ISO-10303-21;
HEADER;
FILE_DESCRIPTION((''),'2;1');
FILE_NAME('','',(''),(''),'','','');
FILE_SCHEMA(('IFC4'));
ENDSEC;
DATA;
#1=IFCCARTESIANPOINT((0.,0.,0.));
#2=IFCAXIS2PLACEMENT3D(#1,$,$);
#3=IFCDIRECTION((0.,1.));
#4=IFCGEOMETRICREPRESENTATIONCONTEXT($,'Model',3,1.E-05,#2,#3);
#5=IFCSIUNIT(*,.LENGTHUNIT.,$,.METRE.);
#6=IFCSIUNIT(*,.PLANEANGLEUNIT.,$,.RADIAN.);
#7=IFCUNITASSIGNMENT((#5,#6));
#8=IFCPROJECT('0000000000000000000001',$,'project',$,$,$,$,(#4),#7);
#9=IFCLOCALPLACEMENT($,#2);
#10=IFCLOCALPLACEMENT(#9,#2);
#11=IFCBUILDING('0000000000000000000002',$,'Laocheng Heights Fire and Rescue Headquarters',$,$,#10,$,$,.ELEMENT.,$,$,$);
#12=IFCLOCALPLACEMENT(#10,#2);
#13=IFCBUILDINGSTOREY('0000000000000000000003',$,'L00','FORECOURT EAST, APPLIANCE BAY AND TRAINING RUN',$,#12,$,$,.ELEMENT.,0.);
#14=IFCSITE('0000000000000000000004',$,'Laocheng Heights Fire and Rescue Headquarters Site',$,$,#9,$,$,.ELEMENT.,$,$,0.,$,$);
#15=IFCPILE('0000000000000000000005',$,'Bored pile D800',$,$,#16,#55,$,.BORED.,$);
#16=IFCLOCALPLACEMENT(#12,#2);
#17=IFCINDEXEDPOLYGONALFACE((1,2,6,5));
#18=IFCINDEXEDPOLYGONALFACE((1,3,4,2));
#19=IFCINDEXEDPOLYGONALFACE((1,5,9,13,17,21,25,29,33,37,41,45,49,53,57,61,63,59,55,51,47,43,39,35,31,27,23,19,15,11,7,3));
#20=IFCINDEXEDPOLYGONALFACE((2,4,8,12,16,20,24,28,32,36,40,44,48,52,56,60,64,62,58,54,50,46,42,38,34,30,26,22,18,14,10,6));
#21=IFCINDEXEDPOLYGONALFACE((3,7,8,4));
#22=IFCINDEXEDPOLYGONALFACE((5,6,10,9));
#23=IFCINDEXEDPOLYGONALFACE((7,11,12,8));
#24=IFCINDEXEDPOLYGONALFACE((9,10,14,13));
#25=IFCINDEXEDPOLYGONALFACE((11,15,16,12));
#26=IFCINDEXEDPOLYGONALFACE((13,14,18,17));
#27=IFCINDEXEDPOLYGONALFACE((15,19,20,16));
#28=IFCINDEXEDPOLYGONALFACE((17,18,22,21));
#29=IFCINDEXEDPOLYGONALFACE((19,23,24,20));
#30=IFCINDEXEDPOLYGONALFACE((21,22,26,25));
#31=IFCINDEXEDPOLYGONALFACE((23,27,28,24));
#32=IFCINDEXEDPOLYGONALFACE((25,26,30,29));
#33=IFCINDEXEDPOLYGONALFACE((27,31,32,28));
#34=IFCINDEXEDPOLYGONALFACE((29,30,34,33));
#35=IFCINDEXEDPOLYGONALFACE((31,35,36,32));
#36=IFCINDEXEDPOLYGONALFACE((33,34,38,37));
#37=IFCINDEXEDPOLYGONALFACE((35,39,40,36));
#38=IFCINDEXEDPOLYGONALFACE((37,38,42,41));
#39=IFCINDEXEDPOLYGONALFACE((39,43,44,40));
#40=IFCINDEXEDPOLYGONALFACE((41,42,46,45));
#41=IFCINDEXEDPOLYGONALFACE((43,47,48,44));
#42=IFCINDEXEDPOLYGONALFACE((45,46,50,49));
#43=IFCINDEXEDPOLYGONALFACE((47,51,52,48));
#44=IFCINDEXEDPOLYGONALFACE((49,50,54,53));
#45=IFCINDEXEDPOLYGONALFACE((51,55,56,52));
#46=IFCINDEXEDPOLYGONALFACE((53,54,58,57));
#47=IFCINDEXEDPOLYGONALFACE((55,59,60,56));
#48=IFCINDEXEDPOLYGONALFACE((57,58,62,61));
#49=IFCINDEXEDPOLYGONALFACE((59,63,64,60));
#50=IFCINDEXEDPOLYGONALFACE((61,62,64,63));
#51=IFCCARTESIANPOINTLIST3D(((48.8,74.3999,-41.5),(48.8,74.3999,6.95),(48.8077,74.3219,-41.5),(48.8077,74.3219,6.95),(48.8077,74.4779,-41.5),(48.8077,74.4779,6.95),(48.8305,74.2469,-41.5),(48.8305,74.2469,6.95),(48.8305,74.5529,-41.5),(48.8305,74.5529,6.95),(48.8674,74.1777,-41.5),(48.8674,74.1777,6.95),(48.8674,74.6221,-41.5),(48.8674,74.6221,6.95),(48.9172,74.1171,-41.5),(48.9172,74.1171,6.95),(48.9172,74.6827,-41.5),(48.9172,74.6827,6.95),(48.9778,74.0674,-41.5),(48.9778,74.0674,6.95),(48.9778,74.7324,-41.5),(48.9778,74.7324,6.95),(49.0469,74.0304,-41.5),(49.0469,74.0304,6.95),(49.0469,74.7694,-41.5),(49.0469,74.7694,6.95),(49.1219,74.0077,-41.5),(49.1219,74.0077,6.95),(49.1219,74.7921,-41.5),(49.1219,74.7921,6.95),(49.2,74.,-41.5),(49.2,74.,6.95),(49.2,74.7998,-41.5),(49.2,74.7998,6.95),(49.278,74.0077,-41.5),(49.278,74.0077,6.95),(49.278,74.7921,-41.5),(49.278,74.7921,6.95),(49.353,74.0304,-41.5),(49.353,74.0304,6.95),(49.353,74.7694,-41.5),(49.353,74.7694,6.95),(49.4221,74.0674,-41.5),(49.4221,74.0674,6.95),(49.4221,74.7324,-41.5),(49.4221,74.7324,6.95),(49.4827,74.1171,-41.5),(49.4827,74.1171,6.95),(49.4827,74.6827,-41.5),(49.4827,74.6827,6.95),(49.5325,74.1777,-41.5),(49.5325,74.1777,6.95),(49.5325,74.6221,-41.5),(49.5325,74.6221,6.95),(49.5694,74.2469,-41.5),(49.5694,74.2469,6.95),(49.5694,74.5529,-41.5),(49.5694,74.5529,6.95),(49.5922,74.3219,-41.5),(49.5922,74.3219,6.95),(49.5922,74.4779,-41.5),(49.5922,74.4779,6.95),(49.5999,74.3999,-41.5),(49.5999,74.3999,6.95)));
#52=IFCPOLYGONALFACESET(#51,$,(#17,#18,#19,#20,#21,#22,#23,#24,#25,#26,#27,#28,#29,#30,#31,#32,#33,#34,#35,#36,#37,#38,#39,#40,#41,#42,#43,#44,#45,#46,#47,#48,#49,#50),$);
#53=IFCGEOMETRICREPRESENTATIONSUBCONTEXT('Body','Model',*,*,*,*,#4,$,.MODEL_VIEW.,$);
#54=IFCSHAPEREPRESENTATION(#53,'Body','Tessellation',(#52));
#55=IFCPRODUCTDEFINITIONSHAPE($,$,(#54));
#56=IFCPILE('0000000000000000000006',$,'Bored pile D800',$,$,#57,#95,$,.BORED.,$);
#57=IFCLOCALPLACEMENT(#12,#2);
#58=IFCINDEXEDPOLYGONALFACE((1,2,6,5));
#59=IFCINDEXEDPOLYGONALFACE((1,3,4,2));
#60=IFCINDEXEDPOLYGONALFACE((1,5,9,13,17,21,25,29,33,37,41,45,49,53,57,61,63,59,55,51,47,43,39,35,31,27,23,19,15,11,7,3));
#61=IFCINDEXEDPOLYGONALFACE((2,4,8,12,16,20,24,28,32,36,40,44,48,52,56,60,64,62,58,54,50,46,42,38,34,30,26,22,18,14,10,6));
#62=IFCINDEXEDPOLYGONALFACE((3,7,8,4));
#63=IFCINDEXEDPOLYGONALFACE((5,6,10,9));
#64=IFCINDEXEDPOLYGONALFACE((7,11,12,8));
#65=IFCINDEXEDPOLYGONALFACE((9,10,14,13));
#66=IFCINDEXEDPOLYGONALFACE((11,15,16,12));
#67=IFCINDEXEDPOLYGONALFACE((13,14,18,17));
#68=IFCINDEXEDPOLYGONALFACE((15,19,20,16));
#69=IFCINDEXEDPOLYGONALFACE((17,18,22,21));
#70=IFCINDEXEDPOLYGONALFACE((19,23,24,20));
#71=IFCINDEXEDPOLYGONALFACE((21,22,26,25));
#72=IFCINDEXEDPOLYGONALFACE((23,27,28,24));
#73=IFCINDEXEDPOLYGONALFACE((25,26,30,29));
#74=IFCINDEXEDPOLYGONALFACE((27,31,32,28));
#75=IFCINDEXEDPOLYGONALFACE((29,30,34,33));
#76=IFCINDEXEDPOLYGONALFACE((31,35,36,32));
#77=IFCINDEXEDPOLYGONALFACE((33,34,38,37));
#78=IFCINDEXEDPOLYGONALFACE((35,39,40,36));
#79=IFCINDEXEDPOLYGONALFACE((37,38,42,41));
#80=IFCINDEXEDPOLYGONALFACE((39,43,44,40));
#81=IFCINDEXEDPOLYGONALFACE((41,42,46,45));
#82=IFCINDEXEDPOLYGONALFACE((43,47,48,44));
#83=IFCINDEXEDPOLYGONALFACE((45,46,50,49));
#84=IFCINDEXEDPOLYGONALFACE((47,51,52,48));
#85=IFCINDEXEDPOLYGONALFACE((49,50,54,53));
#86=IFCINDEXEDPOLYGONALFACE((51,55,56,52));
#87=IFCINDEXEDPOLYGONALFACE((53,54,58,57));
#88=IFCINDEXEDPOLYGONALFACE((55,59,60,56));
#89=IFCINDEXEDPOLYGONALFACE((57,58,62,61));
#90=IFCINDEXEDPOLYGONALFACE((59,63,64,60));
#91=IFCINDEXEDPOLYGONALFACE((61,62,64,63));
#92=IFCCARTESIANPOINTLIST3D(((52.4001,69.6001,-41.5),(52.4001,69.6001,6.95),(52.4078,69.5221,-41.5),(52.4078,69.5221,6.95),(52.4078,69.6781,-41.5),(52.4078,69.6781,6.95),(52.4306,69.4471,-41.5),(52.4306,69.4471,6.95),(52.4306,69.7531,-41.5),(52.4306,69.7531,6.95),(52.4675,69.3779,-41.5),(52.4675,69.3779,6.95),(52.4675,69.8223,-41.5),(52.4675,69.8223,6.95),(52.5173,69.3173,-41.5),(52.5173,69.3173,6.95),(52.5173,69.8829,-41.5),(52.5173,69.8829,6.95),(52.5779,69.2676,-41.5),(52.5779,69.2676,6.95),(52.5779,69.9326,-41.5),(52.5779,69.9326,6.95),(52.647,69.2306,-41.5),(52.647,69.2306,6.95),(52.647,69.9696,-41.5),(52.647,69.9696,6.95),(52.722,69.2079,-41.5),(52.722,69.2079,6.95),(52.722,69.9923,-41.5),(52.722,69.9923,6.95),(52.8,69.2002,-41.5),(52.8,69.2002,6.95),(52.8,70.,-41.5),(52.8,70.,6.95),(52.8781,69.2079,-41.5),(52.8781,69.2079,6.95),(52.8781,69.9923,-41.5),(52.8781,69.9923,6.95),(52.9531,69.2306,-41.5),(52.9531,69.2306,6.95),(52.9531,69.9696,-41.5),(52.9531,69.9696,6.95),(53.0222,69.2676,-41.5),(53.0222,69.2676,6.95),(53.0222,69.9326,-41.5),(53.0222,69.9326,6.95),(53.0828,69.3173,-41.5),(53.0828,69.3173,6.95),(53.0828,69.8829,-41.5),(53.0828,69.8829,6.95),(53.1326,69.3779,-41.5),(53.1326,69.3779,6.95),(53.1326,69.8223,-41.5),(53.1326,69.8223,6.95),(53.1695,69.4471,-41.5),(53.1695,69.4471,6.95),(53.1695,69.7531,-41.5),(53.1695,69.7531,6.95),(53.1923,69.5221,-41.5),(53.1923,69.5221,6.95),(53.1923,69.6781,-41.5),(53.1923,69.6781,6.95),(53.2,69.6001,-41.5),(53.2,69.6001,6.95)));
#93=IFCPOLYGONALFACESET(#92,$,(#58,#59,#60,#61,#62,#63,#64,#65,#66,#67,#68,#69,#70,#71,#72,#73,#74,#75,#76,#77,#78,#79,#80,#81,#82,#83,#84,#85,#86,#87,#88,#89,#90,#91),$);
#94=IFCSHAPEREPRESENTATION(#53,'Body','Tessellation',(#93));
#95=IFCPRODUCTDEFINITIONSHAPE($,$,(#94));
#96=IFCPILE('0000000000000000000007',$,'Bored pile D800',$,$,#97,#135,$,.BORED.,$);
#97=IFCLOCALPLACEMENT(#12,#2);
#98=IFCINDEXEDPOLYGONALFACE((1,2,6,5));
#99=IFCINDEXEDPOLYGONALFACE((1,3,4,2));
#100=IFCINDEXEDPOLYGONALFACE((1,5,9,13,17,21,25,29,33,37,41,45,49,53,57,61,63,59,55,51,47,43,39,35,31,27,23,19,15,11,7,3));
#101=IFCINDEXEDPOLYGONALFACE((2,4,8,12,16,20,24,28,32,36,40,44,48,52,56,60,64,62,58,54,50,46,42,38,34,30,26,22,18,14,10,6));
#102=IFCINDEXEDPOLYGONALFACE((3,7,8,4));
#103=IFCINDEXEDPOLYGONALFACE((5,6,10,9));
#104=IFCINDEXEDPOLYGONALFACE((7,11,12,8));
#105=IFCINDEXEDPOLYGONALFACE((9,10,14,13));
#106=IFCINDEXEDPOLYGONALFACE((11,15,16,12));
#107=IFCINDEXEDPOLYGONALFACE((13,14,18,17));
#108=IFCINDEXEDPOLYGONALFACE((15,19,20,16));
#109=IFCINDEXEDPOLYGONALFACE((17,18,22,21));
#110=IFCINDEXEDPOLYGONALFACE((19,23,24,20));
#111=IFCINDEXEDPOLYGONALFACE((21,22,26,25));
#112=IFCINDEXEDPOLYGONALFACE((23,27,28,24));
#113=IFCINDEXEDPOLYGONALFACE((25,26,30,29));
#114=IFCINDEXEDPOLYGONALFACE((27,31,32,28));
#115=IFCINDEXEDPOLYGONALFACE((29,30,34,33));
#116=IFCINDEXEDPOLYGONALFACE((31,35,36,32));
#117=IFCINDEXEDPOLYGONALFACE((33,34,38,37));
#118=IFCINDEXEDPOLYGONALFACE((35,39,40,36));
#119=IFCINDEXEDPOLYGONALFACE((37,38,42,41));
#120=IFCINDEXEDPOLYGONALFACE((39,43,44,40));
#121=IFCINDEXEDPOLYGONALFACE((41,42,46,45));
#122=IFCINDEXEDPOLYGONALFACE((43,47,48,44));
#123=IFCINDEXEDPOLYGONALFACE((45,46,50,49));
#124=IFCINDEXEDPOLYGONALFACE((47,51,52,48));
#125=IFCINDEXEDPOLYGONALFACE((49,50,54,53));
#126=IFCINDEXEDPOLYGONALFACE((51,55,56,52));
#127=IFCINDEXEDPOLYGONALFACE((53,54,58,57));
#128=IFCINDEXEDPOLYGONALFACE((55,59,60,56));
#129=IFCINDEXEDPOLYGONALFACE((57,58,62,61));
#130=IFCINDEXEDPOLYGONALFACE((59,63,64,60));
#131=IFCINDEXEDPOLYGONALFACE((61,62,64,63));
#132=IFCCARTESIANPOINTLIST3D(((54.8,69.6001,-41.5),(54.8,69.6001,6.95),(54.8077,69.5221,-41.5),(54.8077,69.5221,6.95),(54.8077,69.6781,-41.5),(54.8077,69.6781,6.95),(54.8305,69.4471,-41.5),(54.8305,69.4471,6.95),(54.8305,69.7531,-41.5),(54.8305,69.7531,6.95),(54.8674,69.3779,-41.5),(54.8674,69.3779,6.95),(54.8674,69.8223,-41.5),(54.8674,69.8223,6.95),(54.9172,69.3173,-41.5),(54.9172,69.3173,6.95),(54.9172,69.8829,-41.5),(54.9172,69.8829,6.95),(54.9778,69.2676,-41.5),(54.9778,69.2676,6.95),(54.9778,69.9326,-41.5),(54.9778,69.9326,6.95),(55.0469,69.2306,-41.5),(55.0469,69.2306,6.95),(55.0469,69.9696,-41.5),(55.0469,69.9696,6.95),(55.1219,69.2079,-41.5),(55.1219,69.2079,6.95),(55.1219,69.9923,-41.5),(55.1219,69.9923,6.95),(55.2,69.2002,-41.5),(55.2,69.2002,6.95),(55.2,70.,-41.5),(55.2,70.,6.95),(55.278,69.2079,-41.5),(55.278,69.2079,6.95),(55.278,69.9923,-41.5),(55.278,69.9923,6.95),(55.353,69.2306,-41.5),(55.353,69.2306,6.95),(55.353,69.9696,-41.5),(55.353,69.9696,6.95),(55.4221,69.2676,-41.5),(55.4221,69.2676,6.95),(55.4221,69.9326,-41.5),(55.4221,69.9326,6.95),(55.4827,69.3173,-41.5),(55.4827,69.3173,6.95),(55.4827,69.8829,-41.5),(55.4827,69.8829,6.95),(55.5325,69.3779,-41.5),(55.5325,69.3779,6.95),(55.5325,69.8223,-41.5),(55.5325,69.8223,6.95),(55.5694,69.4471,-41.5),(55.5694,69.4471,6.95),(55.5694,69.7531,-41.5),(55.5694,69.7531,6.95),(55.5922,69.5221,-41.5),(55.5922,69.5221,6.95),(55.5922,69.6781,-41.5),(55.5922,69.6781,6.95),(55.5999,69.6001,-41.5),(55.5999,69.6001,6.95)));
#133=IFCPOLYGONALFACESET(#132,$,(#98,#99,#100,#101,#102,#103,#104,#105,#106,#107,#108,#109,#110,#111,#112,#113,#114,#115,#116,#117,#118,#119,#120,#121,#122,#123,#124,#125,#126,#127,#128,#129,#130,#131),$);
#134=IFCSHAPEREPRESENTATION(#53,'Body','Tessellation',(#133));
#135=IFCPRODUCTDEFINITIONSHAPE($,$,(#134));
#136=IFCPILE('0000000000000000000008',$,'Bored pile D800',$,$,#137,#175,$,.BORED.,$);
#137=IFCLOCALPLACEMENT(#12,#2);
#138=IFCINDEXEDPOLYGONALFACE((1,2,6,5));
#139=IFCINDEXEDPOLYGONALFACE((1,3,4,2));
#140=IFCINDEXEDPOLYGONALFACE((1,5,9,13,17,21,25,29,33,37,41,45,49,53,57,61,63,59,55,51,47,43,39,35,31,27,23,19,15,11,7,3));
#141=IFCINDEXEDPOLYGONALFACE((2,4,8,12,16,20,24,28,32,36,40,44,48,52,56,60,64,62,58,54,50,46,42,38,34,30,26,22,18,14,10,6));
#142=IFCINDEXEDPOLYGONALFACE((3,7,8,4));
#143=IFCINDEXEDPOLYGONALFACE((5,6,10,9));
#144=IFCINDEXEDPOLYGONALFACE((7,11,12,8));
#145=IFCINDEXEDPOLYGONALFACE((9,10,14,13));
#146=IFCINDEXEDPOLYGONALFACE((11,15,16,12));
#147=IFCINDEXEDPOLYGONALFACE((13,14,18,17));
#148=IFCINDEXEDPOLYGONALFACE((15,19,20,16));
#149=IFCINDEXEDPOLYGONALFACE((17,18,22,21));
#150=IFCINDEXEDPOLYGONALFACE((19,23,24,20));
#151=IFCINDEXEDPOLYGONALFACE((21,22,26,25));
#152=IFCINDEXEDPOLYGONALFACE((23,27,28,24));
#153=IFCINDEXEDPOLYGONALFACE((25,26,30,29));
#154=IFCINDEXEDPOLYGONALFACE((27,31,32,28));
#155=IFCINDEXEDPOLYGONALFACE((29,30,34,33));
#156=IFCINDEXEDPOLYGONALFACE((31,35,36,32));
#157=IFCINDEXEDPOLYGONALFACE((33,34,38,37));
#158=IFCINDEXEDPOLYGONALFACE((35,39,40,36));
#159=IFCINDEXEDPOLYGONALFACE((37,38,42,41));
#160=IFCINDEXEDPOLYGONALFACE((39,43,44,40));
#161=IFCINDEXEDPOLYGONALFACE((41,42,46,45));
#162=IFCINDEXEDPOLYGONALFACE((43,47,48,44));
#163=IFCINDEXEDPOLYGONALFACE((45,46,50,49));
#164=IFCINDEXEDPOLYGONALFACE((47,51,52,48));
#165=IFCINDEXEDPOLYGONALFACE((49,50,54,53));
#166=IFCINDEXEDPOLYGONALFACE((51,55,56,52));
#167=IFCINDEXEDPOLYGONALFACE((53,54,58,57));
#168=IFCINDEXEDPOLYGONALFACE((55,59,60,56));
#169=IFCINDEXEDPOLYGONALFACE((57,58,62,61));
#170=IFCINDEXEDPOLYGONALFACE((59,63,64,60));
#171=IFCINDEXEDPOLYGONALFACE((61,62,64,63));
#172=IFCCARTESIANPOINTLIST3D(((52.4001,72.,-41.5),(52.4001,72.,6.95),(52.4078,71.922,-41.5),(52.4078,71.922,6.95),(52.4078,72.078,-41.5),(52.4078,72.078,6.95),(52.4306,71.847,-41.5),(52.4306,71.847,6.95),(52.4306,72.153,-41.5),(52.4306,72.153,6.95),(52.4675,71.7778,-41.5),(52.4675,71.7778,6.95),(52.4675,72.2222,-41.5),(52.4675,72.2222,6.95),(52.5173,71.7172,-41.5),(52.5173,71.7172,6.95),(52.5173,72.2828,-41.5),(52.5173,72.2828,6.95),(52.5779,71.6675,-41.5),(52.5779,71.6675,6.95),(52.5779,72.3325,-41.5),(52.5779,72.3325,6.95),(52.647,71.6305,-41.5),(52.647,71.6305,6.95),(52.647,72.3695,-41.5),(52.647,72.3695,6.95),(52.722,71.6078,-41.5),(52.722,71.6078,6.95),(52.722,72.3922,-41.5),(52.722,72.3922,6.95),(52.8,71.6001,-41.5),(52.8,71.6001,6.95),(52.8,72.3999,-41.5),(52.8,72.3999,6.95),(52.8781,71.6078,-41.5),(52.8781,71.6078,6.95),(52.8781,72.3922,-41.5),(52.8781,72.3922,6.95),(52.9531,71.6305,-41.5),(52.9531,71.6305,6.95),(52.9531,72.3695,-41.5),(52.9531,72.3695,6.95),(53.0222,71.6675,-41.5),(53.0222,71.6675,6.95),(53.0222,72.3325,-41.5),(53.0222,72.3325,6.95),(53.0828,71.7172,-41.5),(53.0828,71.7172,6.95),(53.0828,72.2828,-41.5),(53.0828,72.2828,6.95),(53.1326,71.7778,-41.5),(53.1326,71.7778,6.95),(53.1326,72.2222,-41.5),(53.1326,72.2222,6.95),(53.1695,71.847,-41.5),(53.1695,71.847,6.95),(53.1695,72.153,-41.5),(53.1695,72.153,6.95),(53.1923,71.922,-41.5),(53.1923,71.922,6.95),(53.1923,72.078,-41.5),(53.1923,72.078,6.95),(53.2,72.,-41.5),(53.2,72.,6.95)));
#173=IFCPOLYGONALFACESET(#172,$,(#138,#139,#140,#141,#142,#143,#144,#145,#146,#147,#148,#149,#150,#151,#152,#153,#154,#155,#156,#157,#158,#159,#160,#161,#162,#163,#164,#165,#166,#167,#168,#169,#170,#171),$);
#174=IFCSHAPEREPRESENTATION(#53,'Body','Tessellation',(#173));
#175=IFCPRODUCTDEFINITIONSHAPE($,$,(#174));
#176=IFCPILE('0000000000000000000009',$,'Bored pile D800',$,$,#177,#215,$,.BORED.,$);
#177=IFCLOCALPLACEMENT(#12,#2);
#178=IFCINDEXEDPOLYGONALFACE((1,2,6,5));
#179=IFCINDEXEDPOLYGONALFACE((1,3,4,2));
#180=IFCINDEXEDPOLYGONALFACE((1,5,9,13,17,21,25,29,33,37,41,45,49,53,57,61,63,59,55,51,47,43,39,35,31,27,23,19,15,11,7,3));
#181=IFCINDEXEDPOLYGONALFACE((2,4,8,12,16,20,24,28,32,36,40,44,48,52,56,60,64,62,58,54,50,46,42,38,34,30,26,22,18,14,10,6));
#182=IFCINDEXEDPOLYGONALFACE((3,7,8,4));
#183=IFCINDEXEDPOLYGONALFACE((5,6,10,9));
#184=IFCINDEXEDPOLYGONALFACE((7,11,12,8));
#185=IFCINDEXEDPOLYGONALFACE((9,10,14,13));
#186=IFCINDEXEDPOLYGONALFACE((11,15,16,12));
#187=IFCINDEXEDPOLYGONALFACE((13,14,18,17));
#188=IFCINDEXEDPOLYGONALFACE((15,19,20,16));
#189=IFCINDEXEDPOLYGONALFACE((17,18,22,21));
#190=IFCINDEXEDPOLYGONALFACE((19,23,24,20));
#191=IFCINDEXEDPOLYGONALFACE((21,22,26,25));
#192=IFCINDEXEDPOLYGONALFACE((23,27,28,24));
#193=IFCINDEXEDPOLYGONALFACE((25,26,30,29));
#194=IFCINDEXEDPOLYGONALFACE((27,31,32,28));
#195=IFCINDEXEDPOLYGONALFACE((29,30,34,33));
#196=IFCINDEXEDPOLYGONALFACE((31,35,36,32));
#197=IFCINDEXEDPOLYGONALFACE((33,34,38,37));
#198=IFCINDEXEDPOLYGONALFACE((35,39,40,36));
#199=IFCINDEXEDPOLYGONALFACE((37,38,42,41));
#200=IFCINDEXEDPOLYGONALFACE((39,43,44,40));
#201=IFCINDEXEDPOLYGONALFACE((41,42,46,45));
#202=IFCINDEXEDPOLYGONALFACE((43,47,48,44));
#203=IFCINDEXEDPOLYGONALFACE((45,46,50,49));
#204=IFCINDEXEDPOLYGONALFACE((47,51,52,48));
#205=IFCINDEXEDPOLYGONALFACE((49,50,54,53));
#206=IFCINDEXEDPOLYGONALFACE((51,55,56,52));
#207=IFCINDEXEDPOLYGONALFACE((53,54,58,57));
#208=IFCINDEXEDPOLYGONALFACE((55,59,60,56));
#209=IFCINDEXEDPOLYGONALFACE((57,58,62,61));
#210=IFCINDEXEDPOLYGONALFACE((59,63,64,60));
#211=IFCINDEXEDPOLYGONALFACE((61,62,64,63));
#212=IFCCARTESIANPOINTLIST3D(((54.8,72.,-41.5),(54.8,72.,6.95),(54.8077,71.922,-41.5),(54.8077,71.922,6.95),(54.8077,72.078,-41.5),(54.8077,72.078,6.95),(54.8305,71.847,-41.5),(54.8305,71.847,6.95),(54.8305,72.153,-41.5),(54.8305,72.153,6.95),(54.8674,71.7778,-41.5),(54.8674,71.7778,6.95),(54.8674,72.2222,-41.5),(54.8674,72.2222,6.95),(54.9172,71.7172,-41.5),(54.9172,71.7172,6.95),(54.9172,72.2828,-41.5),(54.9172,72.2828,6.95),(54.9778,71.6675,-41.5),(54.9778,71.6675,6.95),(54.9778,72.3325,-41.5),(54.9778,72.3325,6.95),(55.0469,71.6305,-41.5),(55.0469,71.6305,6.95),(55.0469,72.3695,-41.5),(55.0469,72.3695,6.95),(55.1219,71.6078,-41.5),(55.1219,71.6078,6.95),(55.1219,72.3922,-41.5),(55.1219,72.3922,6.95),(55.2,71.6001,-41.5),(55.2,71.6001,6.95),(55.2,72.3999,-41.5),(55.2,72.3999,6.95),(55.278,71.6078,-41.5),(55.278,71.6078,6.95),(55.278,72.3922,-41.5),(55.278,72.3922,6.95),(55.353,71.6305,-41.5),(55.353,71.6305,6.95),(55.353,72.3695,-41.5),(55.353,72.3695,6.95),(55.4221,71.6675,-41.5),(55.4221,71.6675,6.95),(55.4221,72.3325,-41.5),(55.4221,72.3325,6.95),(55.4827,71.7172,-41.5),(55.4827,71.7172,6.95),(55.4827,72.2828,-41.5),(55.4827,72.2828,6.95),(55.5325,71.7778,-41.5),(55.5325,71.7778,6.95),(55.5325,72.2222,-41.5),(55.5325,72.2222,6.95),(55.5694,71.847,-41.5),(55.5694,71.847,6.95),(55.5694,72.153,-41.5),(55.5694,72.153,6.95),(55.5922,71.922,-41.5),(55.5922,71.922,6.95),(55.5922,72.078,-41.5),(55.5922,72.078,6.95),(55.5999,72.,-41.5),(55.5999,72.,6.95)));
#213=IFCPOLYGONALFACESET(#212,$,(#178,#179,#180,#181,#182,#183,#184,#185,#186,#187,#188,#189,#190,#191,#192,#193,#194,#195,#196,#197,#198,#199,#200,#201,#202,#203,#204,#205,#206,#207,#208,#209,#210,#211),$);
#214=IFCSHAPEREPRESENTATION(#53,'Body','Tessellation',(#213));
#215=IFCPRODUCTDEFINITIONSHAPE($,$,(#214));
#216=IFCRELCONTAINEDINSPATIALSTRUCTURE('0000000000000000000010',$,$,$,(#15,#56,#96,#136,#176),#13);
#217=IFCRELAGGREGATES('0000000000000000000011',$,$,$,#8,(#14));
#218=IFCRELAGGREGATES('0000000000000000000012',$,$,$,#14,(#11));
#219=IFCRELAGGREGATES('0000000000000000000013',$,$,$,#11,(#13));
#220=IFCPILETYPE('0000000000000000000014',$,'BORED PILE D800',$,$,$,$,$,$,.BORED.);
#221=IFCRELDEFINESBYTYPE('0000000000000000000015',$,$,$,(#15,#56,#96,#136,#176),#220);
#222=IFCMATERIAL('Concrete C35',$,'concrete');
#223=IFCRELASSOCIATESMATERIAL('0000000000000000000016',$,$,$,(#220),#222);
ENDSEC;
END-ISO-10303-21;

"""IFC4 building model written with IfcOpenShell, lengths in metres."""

from ifc_helpers import new_model, si_unit, direction, frame, origin, origin_2d, place, context, subcontext, project, spatial, circle, extrude, material, material_profile, profile_set, type_object, element, save


model = new_model("IFC4")

# Units and contexts
model_context = context("Model", 3, precision=1e-05, world=origin(), true_north=direction((0.0, 1.0)))
body_context = subcontext(model_context, "Body", "Model", "MODEL_VIEW")
ifc_project = project(units=[si_unit("LENGTHUNIT", "METRE"), si_unit("PLANEANGLEUNIT", "RADIAN")], contexts=[model_context])

# Site, building, storey
site_placement = place(None, origin())
site = spatial("IfcSite", under=ifc_project, at=site_placement, Name="Laocheng Heights Fire and Rescue Headquarters Site", CompositionType="ELEMENT", RefElevation=0.0)
building_placement = place(site_placement, origin())
building = spatial("IfcBuilding", under=site, at=building_placement, Name="Laocheng Heights Fire and Rescue Headquarters", CompositionType="ELEMENT")
storey_placement = place(building_placement, origin())
storey = spatial("IfcBuildingStorey", under=building, at=storey_placement, Name="L00", Description="FORECOURT EAST, APPLIANCE BAY AND TRAINING RUN", CompositionType="ELEMENT", Elevation=0.0)

# Piles
ifc_material_1 = material(Name="Concrete C35", Category="concrete")
ifc_material_profile_1 = material_profile(ifc_material_1, circle(Radius=0.3999, at=origin_2d()), Name="BORED PILE D800")
ifc_profile_set_1 = profile_set([ifc_material_profile_1], Name="Concrete C35")
pile_type_1 = type_object("IfcPileType", Name="BORED PILE D800", PredefinedType="BORED", material=ifc_profile_set_1)
for number, where, z_axis, x_axis, name in (
    (1, (49.2, 74.3999, 6.95), (0.0, 0.0, -1.0), (1.0, 0.0, 0.0), "Bored pile D800"),
    (2, (52.8, 69.6001, 6.95), (0.0, 0.0, -1.0), (1.0, 0.0, 0.0), "Bored pile D800"),
    (3, (55.2, 69.6001, 6.95), (0.0, 0.0, -1.0), (1.0, 0.0, 0.0), "Bored pile D800"),
    (4, (52.8, 72.0, 6.95), (0.0, 0.0, -1.0), (1.0, 0.0, 0.0), "Bored pile D800"),
    (5, (55.2, 72.0, 6.95), (0.0, 0.0, -1.0), (1.0, 0.0, 0.0), "Bored pile D800"),
):
    element("IfcPile", number, at=place(storey_placement, frame(where, z_axis=z_axis, x_axis=x_axis)), inside=storey, type_object=pile_type_1, Name=name, PredefinedType="BORED", context=body_context, shape_type="SweptSolid", body=[
        extrude(circle(Radius=0.3999, at=origin_2d()), origin(), (0.0, 0.0, 1.0), 48.45),
    ])

save(model, "model.ifc")
